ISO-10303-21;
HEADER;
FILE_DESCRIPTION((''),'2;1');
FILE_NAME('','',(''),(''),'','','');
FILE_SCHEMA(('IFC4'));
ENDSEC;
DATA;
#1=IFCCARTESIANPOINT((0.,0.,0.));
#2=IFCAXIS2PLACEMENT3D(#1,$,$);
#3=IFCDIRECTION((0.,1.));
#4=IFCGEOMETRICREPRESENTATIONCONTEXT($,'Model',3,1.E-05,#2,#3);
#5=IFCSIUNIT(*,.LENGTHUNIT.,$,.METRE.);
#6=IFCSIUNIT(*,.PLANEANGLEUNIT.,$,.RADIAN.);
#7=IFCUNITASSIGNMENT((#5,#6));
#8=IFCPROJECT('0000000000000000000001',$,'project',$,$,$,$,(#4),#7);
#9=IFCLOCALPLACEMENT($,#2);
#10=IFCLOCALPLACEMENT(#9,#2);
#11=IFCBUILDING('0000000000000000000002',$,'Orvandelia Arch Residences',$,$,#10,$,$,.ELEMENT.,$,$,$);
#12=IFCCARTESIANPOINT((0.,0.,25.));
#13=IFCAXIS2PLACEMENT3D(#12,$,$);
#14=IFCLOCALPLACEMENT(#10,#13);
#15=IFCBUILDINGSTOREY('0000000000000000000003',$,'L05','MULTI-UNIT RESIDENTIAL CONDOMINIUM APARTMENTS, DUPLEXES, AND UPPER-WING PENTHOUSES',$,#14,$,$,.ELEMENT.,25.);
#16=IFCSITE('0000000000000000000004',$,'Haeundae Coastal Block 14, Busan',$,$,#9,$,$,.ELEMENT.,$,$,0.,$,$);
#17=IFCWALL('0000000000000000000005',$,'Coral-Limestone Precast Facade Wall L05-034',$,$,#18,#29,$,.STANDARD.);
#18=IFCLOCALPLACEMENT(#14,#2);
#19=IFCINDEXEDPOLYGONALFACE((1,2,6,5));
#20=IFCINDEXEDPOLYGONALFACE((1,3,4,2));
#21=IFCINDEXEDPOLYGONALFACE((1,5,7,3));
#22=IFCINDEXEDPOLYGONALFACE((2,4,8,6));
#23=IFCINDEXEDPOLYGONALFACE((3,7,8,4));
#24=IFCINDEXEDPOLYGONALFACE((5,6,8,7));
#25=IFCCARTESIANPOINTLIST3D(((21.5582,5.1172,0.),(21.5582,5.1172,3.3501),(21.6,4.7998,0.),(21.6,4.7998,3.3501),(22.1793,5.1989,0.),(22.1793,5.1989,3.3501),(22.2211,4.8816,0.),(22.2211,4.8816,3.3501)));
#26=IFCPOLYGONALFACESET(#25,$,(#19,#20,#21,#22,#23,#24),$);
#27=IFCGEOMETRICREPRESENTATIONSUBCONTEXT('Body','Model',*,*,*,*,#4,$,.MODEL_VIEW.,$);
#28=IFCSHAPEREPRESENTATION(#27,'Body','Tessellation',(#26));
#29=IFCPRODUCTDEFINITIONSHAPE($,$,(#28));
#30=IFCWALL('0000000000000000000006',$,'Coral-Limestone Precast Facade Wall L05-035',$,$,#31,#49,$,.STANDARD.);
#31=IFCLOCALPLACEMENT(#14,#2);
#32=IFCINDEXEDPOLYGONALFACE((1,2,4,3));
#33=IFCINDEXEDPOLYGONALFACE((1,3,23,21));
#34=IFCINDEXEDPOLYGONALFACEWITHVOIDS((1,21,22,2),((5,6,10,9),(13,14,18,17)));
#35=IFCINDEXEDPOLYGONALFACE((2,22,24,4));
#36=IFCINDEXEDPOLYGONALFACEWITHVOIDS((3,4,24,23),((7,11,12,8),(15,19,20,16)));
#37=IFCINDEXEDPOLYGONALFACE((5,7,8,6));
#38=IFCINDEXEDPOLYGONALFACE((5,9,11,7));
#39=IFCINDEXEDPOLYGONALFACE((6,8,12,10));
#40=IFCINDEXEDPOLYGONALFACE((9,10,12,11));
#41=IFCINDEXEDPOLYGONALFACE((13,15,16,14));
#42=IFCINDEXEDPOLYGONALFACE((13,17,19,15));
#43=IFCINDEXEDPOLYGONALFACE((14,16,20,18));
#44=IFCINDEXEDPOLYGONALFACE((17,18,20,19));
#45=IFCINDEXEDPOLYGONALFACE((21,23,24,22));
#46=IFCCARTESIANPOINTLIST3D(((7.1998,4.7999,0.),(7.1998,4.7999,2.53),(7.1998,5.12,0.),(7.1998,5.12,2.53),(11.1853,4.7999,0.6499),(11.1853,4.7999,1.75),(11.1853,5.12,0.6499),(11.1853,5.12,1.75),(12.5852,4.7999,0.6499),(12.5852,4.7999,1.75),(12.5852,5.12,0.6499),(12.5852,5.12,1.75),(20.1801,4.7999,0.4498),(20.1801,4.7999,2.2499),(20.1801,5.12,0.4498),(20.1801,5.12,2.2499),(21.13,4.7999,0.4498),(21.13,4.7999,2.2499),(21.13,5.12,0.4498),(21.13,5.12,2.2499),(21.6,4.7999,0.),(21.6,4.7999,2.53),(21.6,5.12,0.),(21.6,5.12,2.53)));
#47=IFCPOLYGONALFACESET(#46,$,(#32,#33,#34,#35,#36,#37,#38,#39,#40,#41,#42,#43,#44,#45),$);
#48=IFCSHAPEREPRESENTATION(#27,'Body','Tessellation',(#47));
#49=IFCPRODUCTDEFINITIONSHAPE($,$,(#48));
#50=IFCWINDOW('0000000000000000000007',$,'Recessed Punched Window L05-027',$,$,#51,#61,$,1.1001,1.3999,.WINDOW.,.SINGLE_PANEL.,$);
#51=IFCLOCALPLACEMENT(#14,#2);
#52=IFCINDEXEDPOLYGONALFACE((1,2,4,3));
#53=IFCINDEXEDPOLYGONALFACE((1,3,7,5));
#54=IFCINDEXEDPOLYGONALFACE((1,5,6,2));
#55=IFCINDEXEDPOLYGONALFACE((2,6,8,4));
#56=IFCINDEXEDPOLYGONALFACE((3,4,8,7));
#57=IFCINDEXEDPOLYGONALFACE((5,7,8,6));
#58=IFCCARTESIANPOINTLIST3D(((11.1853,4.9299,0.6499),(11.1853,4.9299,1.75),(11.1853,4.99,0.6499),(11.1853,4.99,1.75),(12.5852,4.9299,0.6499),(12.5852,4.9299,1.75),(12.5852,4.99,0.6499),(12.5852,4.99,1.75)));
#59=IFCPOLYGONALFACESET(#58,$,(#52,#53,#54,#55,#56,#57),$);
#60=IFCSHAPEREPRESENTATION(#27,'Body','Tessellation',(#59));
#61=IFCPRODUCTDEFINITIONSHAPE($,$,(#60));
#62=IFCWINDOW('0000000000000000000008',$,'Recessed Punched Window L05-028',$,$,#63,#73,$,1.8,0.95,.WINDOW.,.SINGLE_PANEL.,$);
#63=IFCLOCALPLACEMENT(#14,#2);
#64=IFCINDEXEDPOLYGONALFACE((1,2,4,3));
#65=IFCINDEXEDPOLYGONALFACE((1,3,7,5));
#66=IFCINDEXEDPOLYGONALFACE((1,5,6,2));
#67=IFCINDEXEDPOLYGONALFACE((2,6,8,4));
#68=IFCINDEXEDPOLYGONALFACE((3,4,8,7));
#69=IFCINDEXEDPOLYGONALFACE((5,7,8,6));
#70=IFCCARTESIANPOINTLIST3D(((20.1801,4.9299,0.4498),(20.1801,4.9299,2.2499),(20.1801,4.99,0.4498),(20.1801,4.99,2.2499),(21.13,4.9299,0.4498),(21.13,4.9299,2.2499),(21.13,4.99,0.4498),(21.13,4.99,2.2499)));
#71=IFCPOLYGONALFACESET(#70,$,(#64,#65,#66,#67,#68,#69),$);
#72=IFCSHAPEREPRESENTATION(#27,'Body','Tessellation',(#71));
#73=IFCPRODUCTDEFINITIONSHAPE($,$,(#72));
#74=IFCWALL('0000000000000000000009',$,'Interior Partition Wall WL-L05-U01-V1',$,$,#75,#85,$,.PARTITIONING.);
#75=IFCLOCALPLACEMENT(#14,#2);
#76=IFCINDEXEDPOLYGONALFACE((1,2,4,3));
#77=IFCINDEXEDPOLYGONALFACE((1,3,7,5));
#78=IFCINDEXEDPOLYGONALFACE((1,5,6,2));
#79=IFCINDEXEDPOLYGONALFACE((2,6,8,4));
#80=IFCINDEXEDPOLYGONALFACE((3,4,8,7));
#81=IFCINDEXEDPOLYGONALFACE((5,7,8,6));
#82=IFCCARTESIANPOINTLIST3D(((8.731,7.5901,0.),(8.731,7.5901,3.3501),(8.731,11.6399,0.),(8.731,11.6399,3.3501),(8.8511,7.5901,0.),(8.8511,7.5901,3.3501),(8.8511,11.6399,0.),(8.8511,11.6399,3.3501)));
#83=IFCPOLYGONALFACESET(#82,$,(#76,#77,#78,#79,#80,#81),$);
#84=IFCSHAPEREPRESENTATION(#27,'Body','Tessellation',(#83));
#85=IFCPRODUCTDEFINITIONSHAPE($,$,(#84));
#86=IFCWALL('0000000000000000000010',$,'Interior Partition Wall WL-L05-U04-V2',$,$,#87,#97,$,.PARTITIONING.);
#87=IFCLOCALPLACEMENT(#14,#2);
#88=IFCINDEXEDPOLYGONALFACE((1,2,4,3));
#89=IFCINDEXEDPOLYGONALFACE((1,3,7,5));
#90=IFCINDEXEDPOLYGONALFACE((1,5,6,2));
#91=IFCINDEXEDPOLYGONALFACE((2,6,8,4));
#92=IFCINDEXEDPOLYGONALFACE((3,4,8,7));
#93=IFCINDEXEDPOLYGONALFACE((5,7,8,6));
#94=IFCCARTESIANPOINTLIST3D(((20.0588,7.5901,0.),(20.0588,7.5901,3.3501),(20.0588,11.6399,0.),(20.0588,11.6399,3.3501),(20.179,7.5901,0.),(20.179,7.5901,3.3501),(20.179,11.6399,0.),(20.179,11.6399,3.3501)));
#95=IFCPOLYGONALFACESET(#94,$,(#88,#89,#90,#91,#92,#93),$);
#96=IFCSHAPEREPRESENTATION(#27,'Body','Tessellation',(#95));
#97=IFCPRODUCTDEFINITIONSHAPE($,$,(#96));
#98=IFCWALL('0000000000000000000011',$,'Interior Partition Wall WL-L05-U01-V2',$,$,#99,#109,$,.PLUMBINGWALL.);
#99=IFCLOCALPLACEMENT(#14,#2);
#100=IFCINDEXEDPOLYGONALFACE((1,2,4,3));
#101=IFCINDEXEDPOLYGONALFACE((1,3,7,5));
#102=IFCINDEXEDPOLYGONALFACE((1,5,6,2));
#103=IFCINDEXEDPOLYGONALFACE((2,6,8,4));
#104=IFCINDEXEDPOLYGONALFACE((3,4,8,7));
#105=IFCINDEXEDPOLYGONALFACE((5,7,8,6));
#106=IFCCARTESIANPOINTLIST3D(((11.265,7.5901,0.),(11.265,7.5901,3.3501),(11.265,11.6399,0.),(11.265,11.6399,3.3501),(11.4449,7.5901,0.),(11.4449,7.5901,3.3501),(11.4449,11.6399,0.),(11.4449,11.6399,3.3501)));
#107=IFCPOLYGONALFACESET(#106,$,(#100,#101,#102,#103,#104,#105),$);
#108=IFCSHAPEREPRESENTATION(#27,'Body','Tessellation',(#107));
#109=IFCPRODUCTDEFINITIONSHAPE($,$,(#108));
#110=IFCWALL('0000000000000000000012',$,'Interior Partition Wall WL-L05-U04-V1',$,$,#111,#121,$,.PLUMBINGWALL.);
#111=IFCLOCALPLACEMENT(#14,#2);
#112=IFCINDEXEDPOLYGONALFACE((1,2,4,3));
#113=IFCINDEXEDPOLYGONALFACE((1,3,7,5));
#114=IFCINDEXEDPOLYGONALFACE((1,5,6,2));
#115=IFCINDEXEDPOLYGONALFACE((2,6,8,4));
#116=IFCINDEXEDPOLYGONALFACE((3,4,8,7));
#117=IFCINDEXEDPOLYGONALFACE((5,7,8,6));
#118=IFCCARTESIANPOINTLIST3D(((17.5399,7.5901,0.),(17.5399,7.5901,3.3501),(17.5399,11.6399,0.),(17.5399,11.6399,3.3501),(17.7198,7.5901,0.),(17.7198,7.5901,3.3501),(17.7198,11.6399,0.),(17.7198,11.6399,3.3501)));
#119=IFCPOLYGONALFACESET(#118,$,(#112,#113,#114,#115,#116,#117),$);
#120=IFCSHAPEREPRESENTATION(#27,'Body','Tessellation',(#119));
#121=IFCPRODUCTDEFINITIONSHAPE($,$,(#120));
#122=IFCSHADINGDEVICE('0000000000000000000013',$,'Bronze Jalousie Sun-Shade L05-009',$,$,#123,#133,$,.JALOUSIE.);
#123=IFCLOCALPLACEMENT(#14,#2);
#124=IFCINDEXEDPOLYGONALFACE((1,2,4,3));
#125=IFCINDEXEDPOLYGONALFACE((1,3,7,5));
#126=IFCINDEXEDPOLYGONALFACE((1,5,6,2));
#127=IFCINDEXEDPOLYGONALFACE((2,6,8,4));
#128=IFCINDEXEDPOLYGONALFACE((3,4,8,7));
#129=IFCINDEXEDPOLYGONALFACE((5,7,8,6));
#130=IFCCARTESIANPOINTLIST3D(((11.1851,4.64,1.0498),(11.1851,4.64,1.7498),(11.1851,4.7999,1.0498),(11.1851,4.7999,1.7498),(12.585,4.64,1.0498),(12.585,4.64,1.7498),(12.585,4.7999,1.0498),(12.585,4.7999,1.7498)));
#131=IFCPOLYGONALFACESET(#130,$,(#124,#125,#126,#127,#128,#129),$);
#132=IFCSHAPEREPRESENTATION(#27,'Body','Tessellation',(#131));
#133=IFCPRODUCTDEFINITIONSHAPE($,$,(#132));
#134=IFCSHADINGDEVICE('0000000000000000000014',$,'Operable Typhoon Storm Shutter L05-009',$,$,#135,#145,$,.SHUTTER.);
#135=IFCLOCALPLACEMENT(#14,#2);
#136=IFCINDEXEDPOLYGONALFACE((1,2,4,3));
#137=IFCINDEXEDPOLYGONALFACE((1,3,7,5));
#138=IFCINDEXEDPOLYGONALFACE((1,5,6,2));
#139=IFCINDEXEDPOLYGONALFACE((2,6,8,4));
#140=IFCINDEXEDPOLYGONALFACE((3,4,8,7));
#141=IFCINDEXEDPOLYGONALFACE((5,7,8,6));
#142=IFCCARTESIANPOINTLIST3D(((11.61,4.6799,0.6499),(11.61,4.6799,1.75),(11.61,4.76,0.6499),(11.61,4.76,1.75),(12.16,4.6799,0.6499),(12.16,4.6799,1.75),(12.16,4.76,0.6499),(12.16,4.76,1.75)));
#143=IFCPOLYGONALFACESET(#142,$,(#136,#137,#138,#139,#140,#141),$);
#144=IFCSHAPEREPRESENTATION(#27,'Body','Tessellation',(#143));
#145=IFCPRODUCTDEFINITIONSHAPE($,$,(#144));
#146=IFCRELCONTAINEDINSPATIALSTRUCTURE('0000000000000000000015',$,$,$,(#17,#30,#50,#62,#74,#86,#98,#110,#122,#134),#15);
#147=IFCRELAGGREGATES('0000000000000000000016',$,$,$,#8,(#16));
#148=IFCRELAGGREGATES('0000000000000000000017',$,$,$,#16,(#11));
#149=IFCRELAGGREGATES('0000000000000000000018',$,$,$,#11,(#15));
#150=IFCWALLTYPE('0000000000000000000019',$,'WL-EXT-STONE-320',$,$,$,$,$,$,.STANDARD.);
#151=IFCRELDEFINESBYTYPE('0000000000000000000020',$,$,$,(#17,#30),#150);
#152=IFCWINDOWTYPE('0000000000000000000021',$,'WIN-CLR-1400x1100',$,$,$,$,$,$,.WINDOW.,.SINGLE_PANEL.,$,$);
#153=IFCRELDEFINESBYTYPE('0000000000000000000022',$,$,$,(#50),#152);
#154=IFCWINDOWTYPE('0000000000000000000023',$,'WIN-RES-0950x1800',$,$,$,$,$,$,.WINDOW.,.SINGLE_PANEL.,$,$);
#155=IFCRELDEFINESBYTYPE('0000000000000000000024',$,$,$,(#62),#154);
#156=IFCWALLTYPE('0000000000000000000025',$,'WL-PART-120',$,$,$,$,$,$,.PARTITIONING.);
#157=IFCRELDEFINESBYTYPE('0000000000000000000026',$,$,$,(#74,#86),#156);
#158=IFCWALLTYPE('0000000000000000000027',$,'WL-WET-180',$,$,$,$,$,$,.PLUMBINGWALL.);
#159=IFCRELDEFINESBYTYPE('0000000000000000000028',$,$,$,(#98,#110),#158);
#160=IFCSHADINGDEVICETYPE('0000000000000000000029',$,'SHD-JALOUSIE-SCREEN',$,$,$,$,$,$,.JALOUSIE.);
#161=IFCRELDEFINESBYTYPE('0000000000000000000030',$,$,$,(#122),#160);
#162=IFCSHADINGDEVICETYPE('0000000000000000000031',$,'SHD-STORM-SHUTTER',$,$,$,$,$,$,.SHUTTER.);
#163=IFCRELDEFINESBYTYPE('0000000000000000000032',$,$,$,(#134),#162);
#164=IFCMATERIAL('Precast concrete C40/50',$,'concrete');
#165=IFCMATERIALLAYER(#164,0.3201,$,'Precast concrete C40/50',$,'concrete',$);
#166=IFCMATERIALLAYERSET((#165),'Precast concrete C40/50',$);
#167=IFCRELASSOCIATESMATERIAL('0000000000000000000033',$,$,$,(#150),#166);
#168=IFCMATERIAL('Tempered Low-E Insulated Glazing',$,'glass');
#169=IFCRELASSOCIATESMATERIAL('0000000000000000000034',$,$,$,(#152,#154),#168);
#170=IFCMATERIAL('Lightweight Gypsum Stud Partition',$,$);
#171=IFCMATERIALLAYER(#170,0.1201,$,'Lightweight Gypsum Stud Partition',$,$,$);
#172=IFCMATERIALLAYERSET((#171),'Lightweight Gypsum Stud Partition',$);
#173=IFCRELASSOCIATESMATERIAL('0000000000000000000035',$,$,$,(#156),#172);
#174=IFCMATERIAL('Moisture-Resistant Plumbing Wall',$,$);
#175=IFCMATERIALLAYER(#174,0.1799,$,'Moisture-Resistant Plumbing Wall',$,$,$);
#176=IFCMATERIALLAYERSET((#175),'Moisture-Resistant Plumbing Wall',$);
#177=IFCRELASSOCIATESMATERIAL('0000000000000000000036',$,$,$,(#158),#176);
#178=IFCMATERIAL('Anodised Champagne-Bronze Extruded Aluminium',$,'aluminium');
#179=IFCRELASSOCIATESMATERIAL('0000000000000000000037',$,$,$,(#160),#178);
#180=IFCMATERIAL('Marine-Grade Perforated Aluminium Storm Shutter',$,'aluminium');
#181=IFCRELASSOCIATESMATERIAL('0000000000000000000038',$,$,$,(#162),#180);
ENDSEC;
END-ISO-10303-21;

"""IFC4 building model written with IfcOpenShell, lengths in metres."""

from ifc_helpers import new_model, si_unit, direction, frame, frame_2d, origin, origin_2d, place, context, subcontext, project, spatial, rectangle, extrude, material, layer, layer_set, type_object, element, fill, save


model = new_model("IFC4")

# Units and contexts
model_context = context("Model", 3, precision=1e-05, world=origin(), true_north=direction((0.0, 1.0)))
body_context = subcontext(model_context, "Body", "Model", "MODEL_VIEW")
ifc_project = project(units=[si_unit("LENGTHUNIT", "METRE"), si_unit("PLANEANGLEUNIT", "RADIAN")], contexts=[model_context])

# Site, building, storey
site_placement = place(None, origin())
site = spatial("IfcSite", under=ifc_project, at=site_placement, Name="Haeundae Coastal Block 14, Busan", CompositionType="ELEMENT", RefElevation=0.0)
building_placement = place(site_placement, origin())
building = spatial("IfcBuilding", under=site, at=building_placement, Name="Orvandelia Arch Residences", CompositionType="ELEMENT")
storey_placement = place(building_placement, frame((0.0, 0.0, 25.0)))
storey = spatial("IfcBuildingStorey", under=building, at=storey_placement, Name="L05", Description="MULTI-UNIT RESIDENTIAL CONDOMINIUM APARTMENTS, DUPLEXES, AND UPPER-WING PENTHOUSES", CompositionType="ELEMENT", Elevation=25.0)

# Wall
ifc_material_1 = material(Name="Precast concrete C40/50", Category="concrete")
ifc_layer_1 = layer(ifc_material_1, 0.3201, Name="Precast concrete C40/50", Category="concrete")
ifc_layer_set_1 = layer_set([ifc_layer_1], Name="Precast concrete C40/50")
wall_type_1 = type_object("IfcWallType", Name="WL-EXT-STONE-320", PredefinedType="STANDARD", material=ifc_layer_set_1)
for number, where, z_axis, x_axis, name in (
    (1, (22.2002, 5.0403, 0.0), (0.0, 0.0, 1.0), (-0.991441, -0.130555, 0.0), "Coral-Limestone Precast Facade Wall L05-034"),
):
    element("IfcWall", number, at=place(storey_placement, frame(where, z_axis=z_axis, x_axis=x_axis)), inside=storey, type_object=wall_type_1, Name=name, PredefinedType="STANDARD", context=body_context, shape_type="SweptSolid", body=[
        extrude(rectangle(XDim=0.6265, YDim=0.3201, at=frame_2d((0.3132, 0.0))), origin(), (0.0, 0.0, 1.0), 3.3501),
    ])

# Wall, openings, windows
wall_1_placement = place(storey_placement, frame((21.6001, 4.96, 0.0), z_axis=(0.0, 0.0, 1.0), x_axis=(-1.0, 0.0, 0.0)))
wall_1 = element("IfcWall", 2, at=wall_1_placement, inside=storey, type_object=wall_type_1, Name="Coral-Limestone Precast Facade Wall L05-035", PredefinedType="STANDARD", context=body_context, shape_type="SweptSolid", body=[
    extrude(rectangle(XDim=14.4001, YDim=0.3201, at=frame_2d((7.2002, 0.0))), origin(), (0.0, 0.0, 1.0), 2.53),
])
opening_1_placement = place(wall_1_placement, frame((9.0149, 0.0, 0.6499)))
opening_1 = element("IfcOpeningElement", 3, at=opening_1_placement, cuts=wall_1, PredefinedType="OPENING", context=body_context, shape_type="SweptSolid", body=[
    extrude(rectangle(XDim=1.3999, YDim=1.1001, at=frame_2d((0.7, 0.55))), frame((0.0, 0.1699, 0.0), z_axis=(0.0, -1.0, 0.0), x_axis=(1.0, 0.0, 0.0)), (0.0, 0.0, 1.0), 0.3401),
])
opening_2_placement = place(wall_1_placement, frame((0.47, 0.0, 0.45)))
opening_2 = element("IfcOpeningElement", 4, at=opening_2_placement, cuts=wall_1, PredefinedType="OPENING", context=body_context, shape_type="SweptSolid", body=[
    extrude(rectangle(XDim=0.95, YDim=1.8, at=frame_2d((0.4751, 0.8999))), frame((0.0, 0.1699, 0.0), z_axis=(0.0, -1.0, 0.0), x_axis=(1.0, 0.0, 0.0)), (0.0, 0.0, 1.0), 0.3401),
])
ifc_material_2 = material(Name="Tempered Low-E Insulated Glazing", Category="glass")
window_type_1 = type_object("IfcWindowType", Name="WIN-CLR-1400x1100", PartitioningType="SINGLE_PANEL", PredefinedType="WINDOW", material=ifc_material_2)
window_1_placement = place(opening_1_placement, origin())
window_1 = element("IfcWindow", 5, at=window_1_placement, inside=storey, type_object=window_type_1, Name="Recessed Punched Window L05-027", OverallHeight=1.1001, OverallWidth=1.3999, PartitioningType="SINGLE_PANEL", PredefinedType="WINDOW", context=body_context, shape_type="SweptSolid", body=[
    extrude(rectangle(XDim=1.3999, YDim=1.1001, at=frame_2d((0.7, 0.55))), frame((0.0, 0.03, 0.0), z_axis=(0.0, -1.0, 0.0), x_axis=(1.0, 0.0, 0.0)), (0.0, 0.0, 1.0), 0.0601),
])
fill(opening_1, window_1)
window_type_2 = type_object("IfcWindowType", Name="WIN-RES-0950x1800", PartitioningType="SINGLE_PANEL", PredefinedType="WINDOW", material=ifc_material_2)
window_2_placement = place(opening_2_placement, origin())
window_2 = element("IfcWindow", 6, at=window_2_placement, inside=storey, type_object=window_type_2, Name="Recessed Punched Window L05-028", OverallHeight=1.8, OverallWidth=0.95, PartitioningType="SINGLE_PANEL", PredefinedType="WINDOW", context=body_context, shape_type="SweptSolid", body=[
    extrude(rectangle(XDim=0.95, YDim=1.8, at=frame_2d((0.4751, 0.8999))), frame((0.0, 0.03, 0.0), z_axis=(0.0, -1.0, 0.0), x_axis=(1.0, 0.0, 0.0)), (0.0, 0.0, 1.0), 0.0601),
])
fill(opening_2, window_2)

# Walls
ifc_material_3 = material(Name="Lightweight Gypsum Stud Partition")
ifc_layer_2 = layer(ifc_material_3, 0.1201, Name="Lightweight Gypsum Stud Partition")
ifc_layer_set_2 = layer_set([ifc_layer_2], Name="Lightweight Gypsum Stud Partition")
wall_type_2 = type_object("IfcWallType", Name="WL-PART-120", PredefinedType="PARTITIONING", material=ifc_layer_set_2)
for number, where, z_axis, x_axis, name in (
    (7, (8.791, 7.5901, 0.0), (0.0, 0.0, 1.0), (0.0, 1.0, 0.0), "Interior Partition Wall WL-L05-U01-V1"),
    (8, (20.1189, 7.5901, 0.0), (0.0, 0.0, 1.0), (0.0, 1.0, 0.0), "Interior Partition Wall WL-L05-U04-V2"),
):
    element("IfcWall", number, at=place(storey_placement, frame(where, z_axis=z_axis, x_axis=x_axis)), inside=storey, type_object=wall_type_2, Name=name, PredefinedType="PARTITIONING", context=body_context, shape_type="SweptSolid", body=[
        extrude(rectangle(XDim=4.0498, YDim=0.1201, at=frame_2d((2.0249, 0.0))), origin(), (0.0, 0.0, 1.0), 3.3501),
    ])
ifc_material_4 = material(Name="Moisture-Resistant Plumbing Wall")
ifc_layer_3 = layer(ifc_material_4, 0.1799, Name="Moisture-Resistant Plumbing Wall")
ifc_layer_set_3 = layer_set([ifc_layer_3], Name="Moisture-Resistant Plumbing Wall")
wall_type_3 = type_object("IfcWallType", Name="WL-WET-180", PredefinedType="PLUMBINGWALL", material=ifc_layer_set_3)
wall_2_placement = place(storey_placement, frame((11.355, 7.5901, 0.0), z_axis=(0.0, 0.0, 1.0), x_axis=(0.0, 1.0, 0.0)))
element("IfcWall", 9, at=wall_2_placement, inside=storey, type_object=wall_type_3, Name="Interior Partition Wall WL-L05-U01-V2", PredefinedType="PLUMBINGWALL", context=body_context, shape_type="SweptSolid", body=[
    extrude(rectangle(XDim=4.0498, YDim=0.1799, at=frame_2d((2.0249, 0.0))), origin(), (0.0, 0.0, 1.0), 3.3501),
])

# Wall
wall_3_placement = place(storey_placement, frame((17.6299, 7.5901, 0.0), z_axis=(0.0, 0.0, 1.0), x_axis=(0.0, 1.0, 0.0)))
element("IfcWall", 10, at=wall_3_placement, inside=storey, type_object=wall_type_3, Name="Interior Partition Wall WL-L05-U04-V1", PredefinedType="PLUMBINGWALL", context=body_context, shape_type="SweptSolid", body=[
    extrude(rectangle(XDim=4.0498, YDim=0.1799, at=frame_2d((2.0249, 0.0))), origin(), (0.0, 0.0, 1.0), 3.3501),
])

# Shading devices
ifc_material_5 = material(Name="Anodised Champagne-Bronze Extruded Aluminium", Category="aluminium")
shading_device_type_1 = type_object("IfcShadingDeviceType", Name="SHD-JALOUSIE-SCREEN", PredefinedType="JALOUSIE", material=ifc_material_5)
shading_device_1_placement = place(storey_placement, frame((11.885, 4.72, 1.0498), z_axis=(0.0, 0.0, 1.0), x_axis=(-1.0, 0.0, 0.0)))
element("IfcShadingDevice", 11, at=shading_device_1_placement, inside=storey, type_object=shading_device_type_1, Name="Bronze Jalousie Sun-Shade L05-009", PredefinedType="JALOUSIE", context=body_context, shape_type="SweptSolid", body=[
    extrude(rectangle(XDim=1.3999, YDim=0.1599, at=origin_2d()), origin(), (0.0, 0.0, 1.0), 0.7),
])
ifc_material_6 = material(Name="Marine-Grade Perforated Aluminium Storm Shutter", Category="aluminium")
shading_device_type_2 = type_object("IfcShadingDeviceType", Name="SHD-STORM-SHUTTER", PredefinedType="SHUTTER", material=ifc_material_6)
shading_device_2_placement = place(storey_placement, frame((11.885, 4.72, 0.6499), z_axis=(0.0, 0.0, 1.0), x_axis=(-1.0, 0.0, 0.0)))
element("IfcShadingDevice", 12, at=shading_device_2_placement, inside=storey, type_object=shading_device_type_2, Name="Operable Typhoon Storm Shutter L05-009", PredefinedType="SHUTTER", context=body_context, shape_type="SweptSolid", body=[
    extrude(rectangle(XDim=0.55, YDim=0.0801, at=origin_2d()), origin(), (0.0, 0.0, 1.0), 1.1001),
])

save(model, "model.ifc")
